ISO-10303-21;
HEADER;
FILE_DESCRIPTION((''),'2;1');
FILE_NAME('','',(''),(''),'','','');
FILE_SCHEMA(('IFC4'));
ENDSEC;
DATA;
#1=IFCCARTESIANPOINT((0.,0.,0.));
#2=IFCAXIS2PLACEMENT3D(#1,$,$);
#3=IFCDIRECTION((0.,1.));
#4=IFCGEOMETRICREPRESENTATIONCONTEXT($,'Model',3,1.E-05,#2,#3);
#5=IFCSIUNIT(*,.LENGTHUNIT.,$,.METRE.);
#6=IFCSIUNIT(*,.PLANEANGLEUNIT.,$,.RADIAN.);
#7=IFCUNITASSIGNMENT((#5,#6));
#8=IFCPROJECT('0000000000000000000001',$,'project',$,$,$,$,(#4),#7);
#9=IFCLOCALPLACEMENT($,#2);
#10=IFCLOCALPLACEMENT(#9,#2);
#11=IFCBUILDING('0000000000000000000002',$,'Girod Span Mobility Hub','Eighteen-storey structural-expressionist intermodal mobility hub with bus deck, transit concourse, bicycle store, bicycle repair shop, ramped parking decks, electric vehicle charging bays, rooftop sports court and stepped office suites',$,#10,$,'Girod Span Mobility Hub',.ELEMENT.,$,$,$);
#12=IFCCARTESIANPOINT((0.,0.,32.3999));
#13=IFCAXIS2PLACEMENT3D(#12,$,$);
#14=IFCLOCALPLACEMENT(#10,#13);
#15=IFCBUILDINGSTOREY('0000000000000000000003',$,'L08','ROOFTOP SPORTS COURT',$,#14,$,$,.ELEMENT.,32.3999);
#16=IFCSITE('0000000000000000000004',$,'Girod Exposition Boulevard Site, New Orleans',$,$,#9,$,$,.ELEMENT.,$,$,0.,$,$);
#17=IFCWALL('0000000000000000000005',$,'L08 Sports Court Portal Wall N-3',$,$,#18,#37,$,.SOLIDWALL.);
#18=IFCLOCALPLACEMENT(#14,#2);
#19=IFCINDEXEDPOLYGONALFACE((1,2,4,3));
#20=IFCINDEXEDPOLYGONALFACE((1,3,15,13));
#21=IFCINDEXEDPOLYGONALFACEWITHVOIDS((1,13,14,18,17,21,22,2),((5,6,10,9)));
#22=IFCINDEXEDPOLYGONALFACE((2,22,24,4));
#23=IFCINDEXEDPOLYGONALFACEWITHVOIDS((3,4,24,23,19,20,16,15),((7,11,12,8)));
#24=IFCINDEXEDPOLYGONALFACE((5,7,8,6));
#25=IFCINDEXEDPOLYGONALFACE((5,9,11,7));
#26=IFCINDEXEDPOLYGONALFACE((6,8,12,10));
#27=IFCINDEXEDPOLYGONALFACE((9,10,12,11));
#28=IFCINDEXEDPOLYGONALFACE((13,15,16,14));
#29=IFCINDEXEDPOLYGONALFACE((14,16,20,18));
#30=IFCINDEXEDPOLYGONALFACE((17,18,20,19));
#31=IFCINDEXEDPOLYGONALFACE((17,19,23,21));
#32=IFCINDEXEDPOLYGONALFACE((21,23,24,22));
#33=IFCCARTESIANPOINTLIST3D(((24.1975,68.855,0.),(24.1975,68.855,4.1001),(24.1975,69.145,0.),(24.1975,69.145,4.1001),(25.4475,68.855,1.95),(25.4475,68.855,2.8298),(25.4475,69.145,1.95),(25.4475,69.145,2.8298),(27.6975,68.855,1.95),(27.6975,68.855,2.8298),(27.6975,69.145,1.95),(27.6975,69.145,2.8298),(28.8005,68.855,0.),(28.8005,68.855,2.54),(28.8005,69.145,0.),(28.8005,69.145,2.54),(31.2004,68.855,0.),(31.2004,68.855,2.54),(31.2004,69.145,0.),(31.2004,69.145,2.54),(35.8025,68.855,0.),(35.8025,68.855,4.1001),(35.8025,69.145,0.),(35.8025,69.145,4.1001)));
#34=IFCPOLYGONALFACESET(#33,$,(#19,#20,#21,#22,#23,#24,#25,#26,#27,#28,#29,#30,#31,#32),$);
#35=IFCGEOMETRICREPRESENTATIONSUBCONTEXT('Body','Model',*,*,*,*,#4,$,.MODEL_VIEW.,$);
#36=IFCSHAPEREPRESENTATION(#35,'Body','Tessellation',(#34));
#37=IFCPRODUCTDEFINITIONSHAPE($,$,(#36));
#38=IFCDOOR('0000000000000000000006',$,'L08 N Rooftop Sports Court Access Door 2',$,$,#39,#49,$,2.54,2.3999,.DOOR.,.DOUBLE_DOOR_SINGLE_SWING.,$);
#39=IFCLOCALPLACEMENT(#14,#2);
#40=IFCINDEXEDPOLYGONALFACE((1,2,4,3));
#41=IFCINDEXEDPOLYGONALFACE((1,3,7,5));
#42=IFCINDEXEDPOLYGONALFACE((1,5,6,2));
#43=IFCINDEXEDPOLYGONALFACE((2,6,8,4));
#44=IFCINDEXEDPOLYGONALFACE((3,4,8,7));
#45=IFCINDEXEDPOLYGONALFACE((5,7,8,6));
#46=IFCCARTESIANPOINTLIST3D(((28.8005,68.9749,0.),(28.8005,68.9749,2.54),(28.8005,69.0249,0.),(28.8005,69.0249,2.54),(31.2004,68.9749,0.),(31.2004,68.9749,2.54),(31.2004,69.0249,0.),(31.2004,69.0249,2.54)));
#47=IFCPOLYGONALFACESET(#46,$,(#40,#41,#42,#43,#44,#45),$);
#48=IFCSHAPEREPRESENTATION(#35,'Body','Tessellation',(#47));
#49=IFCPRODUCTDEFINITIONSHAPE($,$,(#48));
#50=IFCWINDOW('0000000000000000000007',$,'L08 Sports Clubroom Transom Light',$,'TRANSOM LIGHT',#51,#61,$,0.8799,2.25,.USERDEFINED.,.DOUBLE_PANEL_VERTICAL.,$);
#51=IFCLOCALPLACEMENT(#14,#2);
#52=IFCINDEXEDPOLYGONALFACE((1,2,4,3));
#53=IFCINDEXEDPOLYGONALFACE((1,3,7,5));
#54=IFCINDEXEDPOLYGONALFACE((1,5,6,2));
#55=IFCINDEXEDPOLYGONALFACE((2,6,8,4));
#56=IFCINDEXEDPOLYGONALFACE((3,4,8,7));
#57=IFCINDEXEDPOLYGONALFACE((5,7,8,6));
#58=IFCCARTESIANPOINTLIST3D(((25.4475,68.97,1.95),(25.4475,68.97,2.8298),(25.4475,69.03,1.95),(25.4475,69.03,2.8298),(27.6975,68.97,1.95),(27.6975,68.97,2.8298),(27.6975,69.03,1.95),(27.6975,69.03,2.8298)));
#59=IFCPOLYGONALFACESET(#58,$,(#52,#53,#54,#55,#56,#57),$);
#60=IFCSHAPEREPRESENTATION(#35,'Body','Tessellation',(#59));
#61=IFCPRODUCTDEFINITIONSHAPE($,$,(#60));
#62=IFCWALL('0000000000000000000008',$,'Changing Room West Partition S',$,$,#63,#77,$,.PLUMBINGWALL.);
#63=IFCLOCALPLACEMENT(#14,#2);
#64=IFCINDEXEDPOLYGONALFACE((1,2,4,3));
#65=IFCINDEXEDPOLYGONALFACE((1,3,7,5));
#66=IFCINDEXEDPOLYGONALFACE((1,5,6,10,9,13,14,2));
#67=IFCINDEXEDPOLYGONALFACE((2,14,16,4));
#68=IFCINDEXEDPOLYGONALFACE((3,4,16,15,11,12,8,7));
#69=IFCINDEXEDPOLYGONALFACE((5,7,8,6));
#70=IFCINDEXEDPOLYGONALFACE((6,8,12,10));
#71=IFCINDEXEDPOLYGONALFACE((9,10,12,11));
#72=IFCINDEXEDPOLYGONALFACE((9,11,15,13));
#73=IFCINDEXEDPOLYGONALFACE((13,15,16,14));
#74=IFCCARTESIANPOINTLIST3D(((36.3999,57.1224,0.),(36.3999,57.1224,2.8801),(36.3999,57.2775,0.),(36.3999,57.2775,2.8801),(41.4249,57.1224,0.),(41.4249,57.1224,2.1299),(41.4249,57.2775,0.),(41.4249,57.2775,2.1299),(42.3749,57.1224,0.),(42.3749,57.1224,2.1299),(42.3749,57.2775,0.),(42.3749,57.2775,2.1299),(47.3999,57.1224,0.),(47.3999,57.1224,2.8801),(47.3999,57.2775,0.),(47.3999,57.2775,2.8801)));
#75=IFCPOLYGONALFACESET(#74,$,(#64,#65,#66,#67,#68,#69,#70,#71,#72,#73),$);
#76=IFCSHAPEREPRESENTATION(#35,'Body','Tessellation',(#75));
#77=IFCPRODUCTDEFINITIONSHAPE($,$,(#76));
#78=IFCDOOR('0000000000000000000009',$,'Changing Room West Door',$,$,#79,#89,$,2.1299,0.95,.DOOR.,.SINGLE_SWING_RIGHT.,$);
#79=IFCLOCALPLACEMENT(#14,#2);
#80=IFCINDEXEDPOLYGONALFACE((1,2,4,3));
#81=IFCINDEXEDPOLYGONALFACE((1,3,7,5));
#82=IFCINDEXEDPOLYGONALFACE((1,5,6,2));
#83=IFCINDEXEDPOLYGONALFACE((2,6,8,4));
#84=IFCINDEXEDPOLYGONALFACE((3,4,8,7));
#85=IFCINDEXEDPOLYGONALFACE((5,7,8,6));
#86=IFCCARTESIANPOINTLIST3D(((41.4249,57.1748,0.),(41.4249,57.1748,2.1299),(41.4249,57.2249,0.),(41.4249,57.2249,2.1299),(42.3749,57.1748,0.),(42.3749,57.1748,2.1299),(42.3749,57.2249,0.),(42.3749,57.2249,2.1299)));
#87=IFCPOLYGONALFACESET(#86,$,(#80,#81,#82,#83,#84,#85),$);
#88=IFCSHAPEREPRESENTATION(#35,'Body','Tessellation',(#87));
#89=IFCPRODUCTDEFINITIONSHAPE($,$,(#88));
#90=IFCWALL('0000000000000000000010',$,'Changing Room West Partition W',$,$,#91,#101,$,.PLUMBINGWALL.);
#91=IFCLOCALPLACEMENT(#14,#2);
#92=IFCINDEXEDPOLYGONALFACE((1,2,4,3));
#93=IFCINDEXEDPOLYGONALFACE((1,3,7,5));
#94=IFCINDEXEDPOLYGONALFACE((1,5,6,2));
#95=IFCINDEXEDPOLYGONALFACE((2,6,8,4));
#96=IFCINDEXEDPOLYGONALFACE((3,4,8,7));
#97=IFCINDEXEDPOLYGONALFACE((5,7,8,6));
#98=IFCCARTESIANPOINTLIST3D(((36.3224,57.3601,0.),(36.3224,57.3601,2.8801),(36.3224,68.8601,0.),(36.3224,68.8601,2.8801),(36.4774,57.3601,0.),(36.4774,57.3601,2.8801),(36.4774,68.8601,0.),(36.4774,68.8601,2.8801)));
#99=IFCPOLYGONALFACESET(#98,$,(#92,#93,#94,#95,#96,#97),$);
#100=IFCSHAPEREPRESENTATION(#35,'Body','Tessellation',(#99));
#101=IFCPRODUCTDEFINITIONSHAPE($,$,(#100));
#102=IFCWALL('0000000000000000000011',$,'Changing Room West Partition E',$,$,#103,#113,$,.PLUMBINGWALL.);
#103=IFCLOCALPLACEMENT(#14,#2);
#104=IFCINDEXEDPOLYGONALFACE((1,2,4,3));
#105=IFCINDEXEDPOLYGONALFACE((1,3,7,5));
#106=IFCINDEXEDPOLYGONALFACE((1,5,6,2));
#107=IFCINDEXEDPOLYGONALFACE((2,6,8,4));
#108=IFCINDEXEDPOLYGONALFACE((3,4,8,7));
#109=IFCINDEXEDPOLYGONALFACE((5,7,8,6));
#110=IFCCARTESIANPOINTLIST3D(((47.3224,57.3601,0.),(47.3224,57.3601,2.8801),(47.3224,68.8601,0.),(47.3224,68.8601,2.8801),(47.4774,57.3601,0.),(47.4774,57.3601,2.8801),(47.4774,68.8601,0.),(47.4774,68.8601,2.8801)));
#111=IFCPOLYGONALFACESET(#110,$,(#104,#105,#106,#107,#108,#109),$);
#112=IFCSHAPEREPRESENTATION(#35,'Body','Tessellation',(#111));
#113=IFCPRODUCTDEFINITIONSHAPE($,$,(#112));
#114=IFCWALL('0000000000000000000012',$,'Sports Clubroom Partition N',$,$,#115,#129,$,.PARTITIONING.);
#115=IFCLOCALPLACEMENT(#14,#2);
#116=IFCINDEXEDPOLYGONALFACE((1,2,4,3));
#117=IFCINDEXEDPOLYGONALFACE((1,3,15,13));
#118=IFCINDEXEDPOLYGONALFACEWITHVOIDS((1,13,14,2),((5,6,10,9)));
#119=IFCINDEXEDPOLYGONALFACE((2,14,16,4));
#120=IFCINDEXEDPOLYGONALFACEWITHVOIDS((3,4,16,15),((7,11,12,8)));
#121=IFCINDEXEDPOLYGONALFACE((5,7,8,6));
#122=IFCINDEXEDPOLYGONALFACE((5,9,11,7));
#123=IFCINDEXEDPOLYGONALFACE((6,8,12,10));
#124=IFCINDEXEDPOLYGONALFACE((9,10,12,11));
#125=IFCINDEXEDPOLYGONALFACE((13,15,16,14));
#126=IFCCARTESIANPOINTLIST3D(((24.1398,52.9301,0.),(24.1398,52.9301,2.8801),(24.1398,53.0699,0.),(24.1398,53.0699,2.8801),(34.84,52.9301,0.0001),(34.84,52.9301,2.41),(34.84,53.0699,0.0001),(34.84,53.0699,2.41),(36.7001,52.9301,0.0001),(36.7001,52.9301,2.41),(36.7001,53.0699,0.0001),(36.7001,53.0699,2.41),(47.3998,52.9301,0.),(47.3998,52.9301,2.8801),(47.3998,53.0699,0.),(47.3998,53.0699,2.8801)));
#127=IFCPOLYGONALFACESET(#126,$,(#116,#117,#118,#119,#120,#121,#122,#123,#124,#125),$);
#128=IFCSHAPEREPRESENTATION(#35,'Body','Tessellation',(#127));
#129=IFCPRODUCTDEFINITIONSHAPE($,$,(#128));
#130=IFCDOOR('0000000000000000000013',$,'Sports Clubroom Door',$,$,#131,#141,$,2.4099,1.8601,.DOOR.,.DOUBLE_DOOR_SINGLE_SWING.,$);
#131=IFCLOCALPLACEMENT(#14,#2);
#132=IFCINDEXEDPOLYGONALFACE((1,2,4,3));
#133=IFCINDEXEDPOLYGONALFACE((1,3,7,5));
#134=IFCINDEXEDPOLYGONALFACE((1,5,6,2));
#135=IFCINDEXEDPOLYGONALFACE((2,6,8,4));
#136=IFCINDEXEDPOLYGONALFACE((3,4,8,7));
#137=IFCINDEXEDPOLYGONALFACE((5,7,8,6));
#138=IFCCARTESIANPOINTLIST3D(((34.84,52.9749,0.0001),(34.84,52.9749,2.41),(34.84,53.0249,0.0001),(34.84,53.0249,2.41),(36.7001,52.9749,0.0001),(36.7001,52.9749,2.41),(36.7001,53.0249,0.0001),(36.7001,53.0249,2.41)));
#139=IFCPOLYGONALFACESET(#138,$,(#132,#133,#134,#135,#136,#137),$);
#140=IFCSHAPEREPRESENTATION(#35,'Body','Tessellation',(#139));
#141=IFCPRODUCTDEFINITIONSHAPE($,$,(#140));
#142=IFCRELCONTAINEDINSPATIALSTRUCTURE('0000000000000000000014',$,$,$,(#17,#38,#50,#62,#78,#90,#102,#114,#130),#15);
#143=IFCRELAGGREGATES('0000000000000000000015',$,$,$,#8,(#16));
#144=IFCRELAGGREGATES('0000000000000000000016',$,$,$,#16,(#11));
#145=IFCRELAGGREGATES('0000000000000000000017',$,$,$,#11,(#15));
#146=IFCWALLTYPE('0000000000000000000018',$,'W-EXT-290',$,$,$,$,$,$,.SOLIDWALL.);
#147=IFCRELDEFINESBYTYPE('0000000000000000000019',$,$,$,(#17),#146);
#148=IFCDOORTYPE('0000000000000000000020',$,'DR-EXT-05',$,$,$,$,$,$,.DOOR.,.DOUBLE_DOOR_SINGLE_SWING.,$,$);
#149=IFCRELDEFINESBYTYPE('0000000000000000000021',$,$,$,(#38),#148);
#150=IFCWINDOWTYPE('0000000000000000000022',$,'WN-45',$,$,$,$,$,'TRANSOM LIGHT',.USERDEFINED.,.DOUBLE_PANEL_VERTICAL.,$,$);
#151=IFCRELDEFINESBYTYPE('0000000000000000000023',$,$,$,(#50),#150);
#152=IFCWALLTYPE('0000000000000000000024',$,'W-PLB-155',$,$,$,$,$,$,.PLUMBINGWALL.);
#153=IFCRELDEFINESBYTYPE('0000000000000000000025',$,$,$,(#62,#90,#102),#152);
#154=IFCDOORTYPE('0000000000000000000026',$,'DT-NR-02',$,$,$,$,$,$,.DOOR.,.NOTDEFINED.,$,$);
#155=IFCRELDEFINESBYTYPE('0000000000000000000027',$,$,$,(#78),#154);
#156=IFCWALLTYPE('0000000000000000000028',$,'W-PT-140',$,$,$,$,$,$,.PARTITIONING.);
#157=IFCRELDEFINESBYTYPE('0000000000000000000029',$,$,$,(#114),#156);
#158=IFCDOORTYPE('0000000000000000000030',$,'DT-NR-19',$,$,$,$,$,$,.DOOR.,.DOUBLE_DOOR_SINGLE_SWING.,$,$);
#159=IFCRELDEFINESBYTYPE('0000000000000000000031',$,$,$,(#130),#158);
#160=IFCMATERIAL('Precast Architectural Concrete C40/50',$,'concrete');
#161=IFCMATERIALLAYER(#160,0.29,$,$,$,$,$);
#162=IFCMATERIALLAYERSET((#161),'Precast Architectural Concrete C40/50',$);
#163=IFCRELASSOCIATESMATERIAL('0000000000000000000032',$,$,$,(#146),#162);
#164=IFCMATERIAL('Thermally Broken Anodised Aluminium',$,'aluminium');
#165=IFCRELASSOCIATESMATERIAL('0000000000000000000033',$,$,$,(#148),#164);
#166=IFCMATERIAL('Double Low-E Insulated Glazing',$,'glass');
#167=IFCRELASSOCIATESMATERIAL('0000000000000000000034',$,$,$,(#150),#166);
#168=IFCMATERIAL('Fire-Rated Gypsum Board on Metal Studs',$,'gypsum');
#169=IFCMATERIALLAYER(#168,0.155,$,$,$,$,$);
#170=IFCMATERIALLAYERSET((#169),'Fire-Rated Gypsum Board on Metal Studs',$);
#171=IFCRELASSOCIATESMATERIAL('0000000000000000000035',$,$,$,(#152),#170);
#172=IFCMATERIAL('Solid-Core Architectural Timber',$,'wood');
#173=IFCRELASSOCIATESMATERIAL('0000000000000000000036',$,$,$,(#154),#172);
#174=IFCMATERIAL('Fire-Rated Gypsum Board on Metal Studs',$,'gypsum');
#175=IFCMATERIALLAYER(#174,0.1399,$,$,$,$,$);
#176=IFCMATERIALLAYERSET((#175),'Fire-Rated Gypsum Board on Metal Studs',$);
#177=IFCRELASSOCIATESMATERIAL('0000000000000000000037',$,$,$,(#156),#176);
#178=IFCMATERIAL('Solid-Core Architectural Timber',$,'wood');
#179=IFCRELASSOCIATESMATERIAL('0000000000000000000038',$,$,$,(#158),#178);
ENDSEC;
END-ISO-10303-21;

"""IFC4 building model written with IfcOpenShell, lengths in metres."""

from ifc_helpers import new_model, si_unit, direction, frame, frame_2d, origin, place, context, subcontext, project, spatial, rectangle, extrude, material, layer, layer_set, type_object, element, fill, save


model = new_model("IFC4")

# Units and contexts
model_context = context("Model", 3, precision=1e-05, world=origin(), true_north=direction((0.0, 1.0)))
body_context = subcontext(model_context, "Body", "Model", "MODEL_VIEW")
ifc_project = project(units=[si_unit("LENGTHUNIT", "METRE"), si_unit("PLANEANGLEUNIT", "RADIAN")], contexts=[model_context])

# Site, building, storey
site_placement = place(None, origin())
site = spatial("IfcSite", under=ifc_project, at=site_placement, Name="Girod Exposition Boulevard Site, New Orleans", CompositionType="ELEMENT", RefElevation=0.0)
building_placement = place(site_placement, origin())
building = spatial("IfcBuilding", under=site, at=building_placement, Name="Girod Span Mobility Hub", Description="Eighteen-storey structural-expressionist intermodal mobility hub with bus deck, transit concourse, bicycle store, bicycle repair shop, ramped parking decks, electric vehicle charging bays, rooftop sports court and stepped office suites", LongName="Girod Span Mobility Hub", CompositionType="ELEMENT")
storey_placement = place(building_placement, frame((0.0, 0.0, 32.3999)))
storey = spatial("IfcBuildingStorey", under=building, at=storey_placement, Name="L08", Description="ROOFTOP SPORTS COURT", CompositionType="ELEMENT", Elevation=32.3999)

# Wall, openings, door, window
ifc_material_1 = material(Name="Precast Architectural Concrete C40/50", Category="concrete")
ifc_layer_1 = layer(ifc_material_1, 0.29)
ifc_layer_set_1 = layer_set([ifc_layer_1], Name="Precast Architectural Concrete C40/50")
wall_type_1 = type_object("IfcWallType", Name="W-EXT-290", PredefinedType="SOLIDWALL", material=ifc_layer_set_1)
wall_1_placement = place(storey_placement, frame((24.1975, 69.0, 0.0), z_axis=(0.0, 0.0, 1.0), x_axis=(1.0, 0.0, 0.0)))
wall_1 = element("IfcWall", 1, at=wall_1_placement, inside=storey, type_object=wall_type_1, Name="L08 Sports Court Portal Wall N-3", PredefinedType="SOLIDWALL", context=body_context, shape_type="SweptSolid", body=[
    extrude(rectangle(XDim=11.605, YDim=0.29, at=frame_2d((5.8025, 0.0))), origin(), (0.0, 0.0, 1.0), 4.1001),
])
opening_1_placement = place(wall_1_placement, frame((4.603, 0.0, 0.0)))
opening_1 = element("IfcOpeningElement", 2, at=opening_1_placement, cuts=wall_1, PredefinedType="OPENING", context=body_context, shape_type="SweptSolid", body=[
    extrude(rectangle(XDim=2.3999, YDim=2.54, at=frame_2d((1.2, 1.27))), frame((0.0, 0.1599, 0.0), z_axis=(0.0, -1.0, 0.0), x_axis=(1.0, 0.0, 0.0)), (0.0, 0.0, 1.0), 0.3201),
])
opening_2_placement = place(wall_1_placement, frame((1.25, 0.0, 1.95)))
opening_2 = element("IfcOpeningElement", 3, at=opening_2_placement, cuts=wall_1, PredefinedType="OPENING", context=body_context, shape_type="SweptSolid", body=[
    extrude(rectangle(XDim=2.25, YDim=0.8799, at=frame_2d((1.125, 0.4399))), frame((0.0, 0.1599, 0.0), z_axis=(0.0, -1.0, 0.0), x_axis=(1.0, 0.0, 0.0)), (0.0, 0.0, 1.0), 0.3201),
])
ifc_material_2 = material(Name="Thermally Broken Anodised Aluminium", Category="aluminium")
door_type_1 = type_object("IfcDoorType", Name="DR-EXT-05", OperationType="DOUBLE_DOOR_SINGLE_SWING", PredefinedType="DOOR", material=ifc_material_2)
door_1_placement = place(opening_1_placement, origin())
door_1 = element("IfcDoor", 4, at=door_1_placement, inside=storey, type_object=door_type_1, Name="L08 N Rooftop Sports Court Access Door 2", OperationType="DOUBLE_DOOR_SINGLE_SWING", OverallHeight=2.54, OverallWidth=2.3999, PredefinedType="DOOR", context=body_context, shape_type="SweptSolid", body=[
    extrude(rectangle(XDim=2.3999, YDim=2.54, at=frame_2d((1.2, 1.27))), frame((0.0, 0.0249, 0.0), z_axis=(0.0, -1.0, 0.0), x_axis=(1.0, 0.0, 0.0)), (0.0, 0.0, 1.0), 0.05),
])
fill(opening_1, door_1)
ifc_material_3 = material(Name="Double Low-E Insulated Glazing", Category="glass")
window_type = type_object("IfcWindowType", Name="WN-45", ElementType="TRANSOM LIGHT", PartitioningType="DOUBLE_PANEL_VERTICAL", PredefinedType="USERDEFINED", material=ifc_material_3)
window_placement = place(opening_2_placement, origin())
window = element("IfcWindow", 5, at=window_placement, inside=storey, type_object=window_type, Name="L08 Sports Clubroom Transom Light", ObjectType="TRANSOM LIGHT", OverallHeight=0.8799, OverallWidth=2.25, PartitioningType="DOUBLE_PANEL_VERTICAL", PredefinedType="USERDEFINED", context=body_context, shape_type="SweptSolid", body=[
    extrude(rectangle(XDim=2.25, YDim=0.8799, at=frame_2d((1.125, 0.4399))), frame((0.0, 0.03, 0.0), z_axis=(0.0, -1.0, 0.0), x_axis=(1.0, 0.0, 0.0)), (0.0, 0.0, 1.0), 0.0601),
])
fill(opening_2, window)

# Wall, opening, door
ifc_material_4 = material(Name="Fire-Rated Gypsum Board on Metal Studs", Category="gypsum")
ifc_layer_2 = layer(ifc_material_4, 0.155)
ifc_layer_set_2 = layer_set([ifc_layer_2], Name="Fire-Rated Gypsum Board on Metal Studs")
wall_type_2 = type_object("IfcWallType", Name="W-PLB-155", PredefinedType="PLUMBINGWALL", material=ifc_layer_set_2)
wall_2_placement = place(storey_placement, frame((36.3999, 57.2, 0.0), z_axis=(0.0, 0.0, 1.0), x_axis=(1.0, 0.0, 0.0)))
wall_2 = element("IfcWall", 6, at=wall_2_placement, inside=storey, type_object=wall_type_2, Name="Changing Room West Partition S", PredefinedType="PLUMBINGWALL", context=body_context, shape_type="SweptSolid", body=[
    extrude(rectangle(XDim=11.0, YDim=0.155, at=frame_2d((5.5, 0.0))), origin(), (0.0, 0.0, 1.0), 2.8801),
])
opening_3_placement = place(wall_2_placement, frame((5.0249, 0.0, 0.0)))
opening_3 = element("IfcOpeningElement", 7, at=opening_3_placement, cuts=wall_2, PredefinedType="OPENING", context=body_context, shape_type="SweptSolid", body=[
    extrude(rectangle(XDim=0.95, YDim=2.1299, at=frame_2d((0.4751, 1.0649))), frame((0.0, 0.0925, 0.0), z_axis=(0.0, -1.0, 0.0), x_axis=(1.0, 0.0, 0.0)), (0.0, 0.0, 1.0), 0.1851),
])
ifc_material_5 = material(Name="Solid-Core Architectural Timber", Category="wood")
door_type_2 = type_object("IfcDoorType", Name="DT-NR-02", OperationType="NOTDEFINED", PredefinedType="DOOR", material=ifc_material_5)
door_2_placement = place(opening_3_placement, origin())
door_2 = element("IfcDoor", 8, at=door_2_placement, inside=storey, type_object=door_type_2, Name="Changing Room West Door", OperationType="SINGLE_SWING_RIGHT", OverallHeight=2.1299, OverallWidth=0.95, PredefinedType="DOOR", context=body_context, shape_type="SweptSolid", body=[
    extrude(rectangle(XDim=0.95, YDim=2.1299, at=frame_2d((0.4751, 1.0649))), frame((0.0, 0.0249, 0.0), z_axis=(0.0, -1.0, 0.0), x_axis=(1.0, 0.0, 0.0)), (0.0, 0.0, 1.0), 0.05),
])
fill(opening_3, door_2)

# Walls
for number, where, z_axis, x_axis, name in (
    (9, (36.3999, 57.3601, 0.0), (0.0, 0.0, 1.0), (0.0, 1.0, 0.0), "Changing Room West Partition W"),
    (10, (47.3999, 57.3601, 0.0), (0.0, 0.0, 1.0), (0.0, 1.0, 0.0), "Changing Room West Partition E"),
):
    element("IfcWall", number, at=place(storey_placement, frame(where, z_axis=z_axis, x_axis=x_axis)), inside=storey, type_object=wall_type_2, Name=name, PredefinedType="PLUMBINGWALL", context=body_context, shape_type="SweptSolid", body=[
        extrude(rectangle(XDim=11.5, YDim=0.155, at=frame_2d((5.75, 0.0))), origin(), (0.0, 0.0, 1.0), 2.8801),
    ])

# Wall, opening, door
ifc_material_6 = material(Name="Fire-Rated Gypsum Board on Metal Studs", Category="gypsum")
ifc_layer_3 = layer(ifc_material_6, 0.1399)
ifc_layer_set_3 = layer_set([ifc_layer_3], Name="Fire-Rated Gypsum Board on Metal Studs")
wall_type_3 = type_object("IfcWallType", Name="W-PT-140", PredefinedType="PARTITIONING", material=ifc_layer_set_3)
wall_3_placement = place(storey_placement, frame((24.1399, 53.0, 0.0), z_axis=(0.0, 0.0, 1.0), x_axis=(1.0, 0.0, 0.0)))
wall_3 = element("IfcWall", 11, at=wall_3_placement, inside=storey, type_object=wall_type_3, Name="Sports Clubroom Partition N", PredefinedType="PARTITIONING", context=body_context, shape_type="SweptSolid", body=[
    extrude(rectangle(XDim=23.26, YDim=0.1399, at=frame_2d((11.6299, 0.0))), origin(), (0.0, 0.0, 1.0), 2.8801),
])
opening_4_placement = place(wall_3_placement, frame((10.7, 0.0, 0.0)))
opening_4 = element("IfcOpeningElement", 12, at=opening_4_placement, cuts=wall_3, PredefinedType="OPENING", context=body_context, shape_type="SweptSolid", body=[
    extrude(rectangle(XDim=1.8601, YDim=2.4099, at=frame_2d((0.9302, 1.2051))), frame((0.0, 0.085, 0.0), z_axis=(0.0, -1.0, 0.0), x_axis=(1.0, 0.0, 0.0)), (0.0, 0.0, 1.0), 0.1699),
])
ifc_material_7 = material(Name="Solid-Core Architectural Timber", Category="wood")
door_type_3 = type_object("IfcDoorType", Name="DT-NR-19", OperationType="DOUBLE_DOOR_SINGLE_SWING", PredefinedType="DOOR", material=ifc_material_7)
door_3_placement = place(opening_4_placement, origin())
door_3 = element("IfcDoor", 13, at=door_3_placement, inside=storey, type_object=door_type_3, Name="Sports Clubroom Door", OperationType="DOUBLE_DOOR_SINGLE_SWING", OverallHeight=2.4099, OverallWidth=1.8601, PredefinedType="DOOR", context=body_context, shape_type="SweptSolid", body=[
    extrude(rectangle(XDim=1.8601, YDim=2.4099, at=frame_2d((0.9302, 1.2051))), frame((0.0, 0.0249, 0.0), z_axis=(0.0, -1.0, 0.0), x_axis=(1.0, 0.0, 0.0)), (0.0, 0.0, 1.0), 0.05),
])
fill(opening_4, door_3)

save(model, "model.ifc")
